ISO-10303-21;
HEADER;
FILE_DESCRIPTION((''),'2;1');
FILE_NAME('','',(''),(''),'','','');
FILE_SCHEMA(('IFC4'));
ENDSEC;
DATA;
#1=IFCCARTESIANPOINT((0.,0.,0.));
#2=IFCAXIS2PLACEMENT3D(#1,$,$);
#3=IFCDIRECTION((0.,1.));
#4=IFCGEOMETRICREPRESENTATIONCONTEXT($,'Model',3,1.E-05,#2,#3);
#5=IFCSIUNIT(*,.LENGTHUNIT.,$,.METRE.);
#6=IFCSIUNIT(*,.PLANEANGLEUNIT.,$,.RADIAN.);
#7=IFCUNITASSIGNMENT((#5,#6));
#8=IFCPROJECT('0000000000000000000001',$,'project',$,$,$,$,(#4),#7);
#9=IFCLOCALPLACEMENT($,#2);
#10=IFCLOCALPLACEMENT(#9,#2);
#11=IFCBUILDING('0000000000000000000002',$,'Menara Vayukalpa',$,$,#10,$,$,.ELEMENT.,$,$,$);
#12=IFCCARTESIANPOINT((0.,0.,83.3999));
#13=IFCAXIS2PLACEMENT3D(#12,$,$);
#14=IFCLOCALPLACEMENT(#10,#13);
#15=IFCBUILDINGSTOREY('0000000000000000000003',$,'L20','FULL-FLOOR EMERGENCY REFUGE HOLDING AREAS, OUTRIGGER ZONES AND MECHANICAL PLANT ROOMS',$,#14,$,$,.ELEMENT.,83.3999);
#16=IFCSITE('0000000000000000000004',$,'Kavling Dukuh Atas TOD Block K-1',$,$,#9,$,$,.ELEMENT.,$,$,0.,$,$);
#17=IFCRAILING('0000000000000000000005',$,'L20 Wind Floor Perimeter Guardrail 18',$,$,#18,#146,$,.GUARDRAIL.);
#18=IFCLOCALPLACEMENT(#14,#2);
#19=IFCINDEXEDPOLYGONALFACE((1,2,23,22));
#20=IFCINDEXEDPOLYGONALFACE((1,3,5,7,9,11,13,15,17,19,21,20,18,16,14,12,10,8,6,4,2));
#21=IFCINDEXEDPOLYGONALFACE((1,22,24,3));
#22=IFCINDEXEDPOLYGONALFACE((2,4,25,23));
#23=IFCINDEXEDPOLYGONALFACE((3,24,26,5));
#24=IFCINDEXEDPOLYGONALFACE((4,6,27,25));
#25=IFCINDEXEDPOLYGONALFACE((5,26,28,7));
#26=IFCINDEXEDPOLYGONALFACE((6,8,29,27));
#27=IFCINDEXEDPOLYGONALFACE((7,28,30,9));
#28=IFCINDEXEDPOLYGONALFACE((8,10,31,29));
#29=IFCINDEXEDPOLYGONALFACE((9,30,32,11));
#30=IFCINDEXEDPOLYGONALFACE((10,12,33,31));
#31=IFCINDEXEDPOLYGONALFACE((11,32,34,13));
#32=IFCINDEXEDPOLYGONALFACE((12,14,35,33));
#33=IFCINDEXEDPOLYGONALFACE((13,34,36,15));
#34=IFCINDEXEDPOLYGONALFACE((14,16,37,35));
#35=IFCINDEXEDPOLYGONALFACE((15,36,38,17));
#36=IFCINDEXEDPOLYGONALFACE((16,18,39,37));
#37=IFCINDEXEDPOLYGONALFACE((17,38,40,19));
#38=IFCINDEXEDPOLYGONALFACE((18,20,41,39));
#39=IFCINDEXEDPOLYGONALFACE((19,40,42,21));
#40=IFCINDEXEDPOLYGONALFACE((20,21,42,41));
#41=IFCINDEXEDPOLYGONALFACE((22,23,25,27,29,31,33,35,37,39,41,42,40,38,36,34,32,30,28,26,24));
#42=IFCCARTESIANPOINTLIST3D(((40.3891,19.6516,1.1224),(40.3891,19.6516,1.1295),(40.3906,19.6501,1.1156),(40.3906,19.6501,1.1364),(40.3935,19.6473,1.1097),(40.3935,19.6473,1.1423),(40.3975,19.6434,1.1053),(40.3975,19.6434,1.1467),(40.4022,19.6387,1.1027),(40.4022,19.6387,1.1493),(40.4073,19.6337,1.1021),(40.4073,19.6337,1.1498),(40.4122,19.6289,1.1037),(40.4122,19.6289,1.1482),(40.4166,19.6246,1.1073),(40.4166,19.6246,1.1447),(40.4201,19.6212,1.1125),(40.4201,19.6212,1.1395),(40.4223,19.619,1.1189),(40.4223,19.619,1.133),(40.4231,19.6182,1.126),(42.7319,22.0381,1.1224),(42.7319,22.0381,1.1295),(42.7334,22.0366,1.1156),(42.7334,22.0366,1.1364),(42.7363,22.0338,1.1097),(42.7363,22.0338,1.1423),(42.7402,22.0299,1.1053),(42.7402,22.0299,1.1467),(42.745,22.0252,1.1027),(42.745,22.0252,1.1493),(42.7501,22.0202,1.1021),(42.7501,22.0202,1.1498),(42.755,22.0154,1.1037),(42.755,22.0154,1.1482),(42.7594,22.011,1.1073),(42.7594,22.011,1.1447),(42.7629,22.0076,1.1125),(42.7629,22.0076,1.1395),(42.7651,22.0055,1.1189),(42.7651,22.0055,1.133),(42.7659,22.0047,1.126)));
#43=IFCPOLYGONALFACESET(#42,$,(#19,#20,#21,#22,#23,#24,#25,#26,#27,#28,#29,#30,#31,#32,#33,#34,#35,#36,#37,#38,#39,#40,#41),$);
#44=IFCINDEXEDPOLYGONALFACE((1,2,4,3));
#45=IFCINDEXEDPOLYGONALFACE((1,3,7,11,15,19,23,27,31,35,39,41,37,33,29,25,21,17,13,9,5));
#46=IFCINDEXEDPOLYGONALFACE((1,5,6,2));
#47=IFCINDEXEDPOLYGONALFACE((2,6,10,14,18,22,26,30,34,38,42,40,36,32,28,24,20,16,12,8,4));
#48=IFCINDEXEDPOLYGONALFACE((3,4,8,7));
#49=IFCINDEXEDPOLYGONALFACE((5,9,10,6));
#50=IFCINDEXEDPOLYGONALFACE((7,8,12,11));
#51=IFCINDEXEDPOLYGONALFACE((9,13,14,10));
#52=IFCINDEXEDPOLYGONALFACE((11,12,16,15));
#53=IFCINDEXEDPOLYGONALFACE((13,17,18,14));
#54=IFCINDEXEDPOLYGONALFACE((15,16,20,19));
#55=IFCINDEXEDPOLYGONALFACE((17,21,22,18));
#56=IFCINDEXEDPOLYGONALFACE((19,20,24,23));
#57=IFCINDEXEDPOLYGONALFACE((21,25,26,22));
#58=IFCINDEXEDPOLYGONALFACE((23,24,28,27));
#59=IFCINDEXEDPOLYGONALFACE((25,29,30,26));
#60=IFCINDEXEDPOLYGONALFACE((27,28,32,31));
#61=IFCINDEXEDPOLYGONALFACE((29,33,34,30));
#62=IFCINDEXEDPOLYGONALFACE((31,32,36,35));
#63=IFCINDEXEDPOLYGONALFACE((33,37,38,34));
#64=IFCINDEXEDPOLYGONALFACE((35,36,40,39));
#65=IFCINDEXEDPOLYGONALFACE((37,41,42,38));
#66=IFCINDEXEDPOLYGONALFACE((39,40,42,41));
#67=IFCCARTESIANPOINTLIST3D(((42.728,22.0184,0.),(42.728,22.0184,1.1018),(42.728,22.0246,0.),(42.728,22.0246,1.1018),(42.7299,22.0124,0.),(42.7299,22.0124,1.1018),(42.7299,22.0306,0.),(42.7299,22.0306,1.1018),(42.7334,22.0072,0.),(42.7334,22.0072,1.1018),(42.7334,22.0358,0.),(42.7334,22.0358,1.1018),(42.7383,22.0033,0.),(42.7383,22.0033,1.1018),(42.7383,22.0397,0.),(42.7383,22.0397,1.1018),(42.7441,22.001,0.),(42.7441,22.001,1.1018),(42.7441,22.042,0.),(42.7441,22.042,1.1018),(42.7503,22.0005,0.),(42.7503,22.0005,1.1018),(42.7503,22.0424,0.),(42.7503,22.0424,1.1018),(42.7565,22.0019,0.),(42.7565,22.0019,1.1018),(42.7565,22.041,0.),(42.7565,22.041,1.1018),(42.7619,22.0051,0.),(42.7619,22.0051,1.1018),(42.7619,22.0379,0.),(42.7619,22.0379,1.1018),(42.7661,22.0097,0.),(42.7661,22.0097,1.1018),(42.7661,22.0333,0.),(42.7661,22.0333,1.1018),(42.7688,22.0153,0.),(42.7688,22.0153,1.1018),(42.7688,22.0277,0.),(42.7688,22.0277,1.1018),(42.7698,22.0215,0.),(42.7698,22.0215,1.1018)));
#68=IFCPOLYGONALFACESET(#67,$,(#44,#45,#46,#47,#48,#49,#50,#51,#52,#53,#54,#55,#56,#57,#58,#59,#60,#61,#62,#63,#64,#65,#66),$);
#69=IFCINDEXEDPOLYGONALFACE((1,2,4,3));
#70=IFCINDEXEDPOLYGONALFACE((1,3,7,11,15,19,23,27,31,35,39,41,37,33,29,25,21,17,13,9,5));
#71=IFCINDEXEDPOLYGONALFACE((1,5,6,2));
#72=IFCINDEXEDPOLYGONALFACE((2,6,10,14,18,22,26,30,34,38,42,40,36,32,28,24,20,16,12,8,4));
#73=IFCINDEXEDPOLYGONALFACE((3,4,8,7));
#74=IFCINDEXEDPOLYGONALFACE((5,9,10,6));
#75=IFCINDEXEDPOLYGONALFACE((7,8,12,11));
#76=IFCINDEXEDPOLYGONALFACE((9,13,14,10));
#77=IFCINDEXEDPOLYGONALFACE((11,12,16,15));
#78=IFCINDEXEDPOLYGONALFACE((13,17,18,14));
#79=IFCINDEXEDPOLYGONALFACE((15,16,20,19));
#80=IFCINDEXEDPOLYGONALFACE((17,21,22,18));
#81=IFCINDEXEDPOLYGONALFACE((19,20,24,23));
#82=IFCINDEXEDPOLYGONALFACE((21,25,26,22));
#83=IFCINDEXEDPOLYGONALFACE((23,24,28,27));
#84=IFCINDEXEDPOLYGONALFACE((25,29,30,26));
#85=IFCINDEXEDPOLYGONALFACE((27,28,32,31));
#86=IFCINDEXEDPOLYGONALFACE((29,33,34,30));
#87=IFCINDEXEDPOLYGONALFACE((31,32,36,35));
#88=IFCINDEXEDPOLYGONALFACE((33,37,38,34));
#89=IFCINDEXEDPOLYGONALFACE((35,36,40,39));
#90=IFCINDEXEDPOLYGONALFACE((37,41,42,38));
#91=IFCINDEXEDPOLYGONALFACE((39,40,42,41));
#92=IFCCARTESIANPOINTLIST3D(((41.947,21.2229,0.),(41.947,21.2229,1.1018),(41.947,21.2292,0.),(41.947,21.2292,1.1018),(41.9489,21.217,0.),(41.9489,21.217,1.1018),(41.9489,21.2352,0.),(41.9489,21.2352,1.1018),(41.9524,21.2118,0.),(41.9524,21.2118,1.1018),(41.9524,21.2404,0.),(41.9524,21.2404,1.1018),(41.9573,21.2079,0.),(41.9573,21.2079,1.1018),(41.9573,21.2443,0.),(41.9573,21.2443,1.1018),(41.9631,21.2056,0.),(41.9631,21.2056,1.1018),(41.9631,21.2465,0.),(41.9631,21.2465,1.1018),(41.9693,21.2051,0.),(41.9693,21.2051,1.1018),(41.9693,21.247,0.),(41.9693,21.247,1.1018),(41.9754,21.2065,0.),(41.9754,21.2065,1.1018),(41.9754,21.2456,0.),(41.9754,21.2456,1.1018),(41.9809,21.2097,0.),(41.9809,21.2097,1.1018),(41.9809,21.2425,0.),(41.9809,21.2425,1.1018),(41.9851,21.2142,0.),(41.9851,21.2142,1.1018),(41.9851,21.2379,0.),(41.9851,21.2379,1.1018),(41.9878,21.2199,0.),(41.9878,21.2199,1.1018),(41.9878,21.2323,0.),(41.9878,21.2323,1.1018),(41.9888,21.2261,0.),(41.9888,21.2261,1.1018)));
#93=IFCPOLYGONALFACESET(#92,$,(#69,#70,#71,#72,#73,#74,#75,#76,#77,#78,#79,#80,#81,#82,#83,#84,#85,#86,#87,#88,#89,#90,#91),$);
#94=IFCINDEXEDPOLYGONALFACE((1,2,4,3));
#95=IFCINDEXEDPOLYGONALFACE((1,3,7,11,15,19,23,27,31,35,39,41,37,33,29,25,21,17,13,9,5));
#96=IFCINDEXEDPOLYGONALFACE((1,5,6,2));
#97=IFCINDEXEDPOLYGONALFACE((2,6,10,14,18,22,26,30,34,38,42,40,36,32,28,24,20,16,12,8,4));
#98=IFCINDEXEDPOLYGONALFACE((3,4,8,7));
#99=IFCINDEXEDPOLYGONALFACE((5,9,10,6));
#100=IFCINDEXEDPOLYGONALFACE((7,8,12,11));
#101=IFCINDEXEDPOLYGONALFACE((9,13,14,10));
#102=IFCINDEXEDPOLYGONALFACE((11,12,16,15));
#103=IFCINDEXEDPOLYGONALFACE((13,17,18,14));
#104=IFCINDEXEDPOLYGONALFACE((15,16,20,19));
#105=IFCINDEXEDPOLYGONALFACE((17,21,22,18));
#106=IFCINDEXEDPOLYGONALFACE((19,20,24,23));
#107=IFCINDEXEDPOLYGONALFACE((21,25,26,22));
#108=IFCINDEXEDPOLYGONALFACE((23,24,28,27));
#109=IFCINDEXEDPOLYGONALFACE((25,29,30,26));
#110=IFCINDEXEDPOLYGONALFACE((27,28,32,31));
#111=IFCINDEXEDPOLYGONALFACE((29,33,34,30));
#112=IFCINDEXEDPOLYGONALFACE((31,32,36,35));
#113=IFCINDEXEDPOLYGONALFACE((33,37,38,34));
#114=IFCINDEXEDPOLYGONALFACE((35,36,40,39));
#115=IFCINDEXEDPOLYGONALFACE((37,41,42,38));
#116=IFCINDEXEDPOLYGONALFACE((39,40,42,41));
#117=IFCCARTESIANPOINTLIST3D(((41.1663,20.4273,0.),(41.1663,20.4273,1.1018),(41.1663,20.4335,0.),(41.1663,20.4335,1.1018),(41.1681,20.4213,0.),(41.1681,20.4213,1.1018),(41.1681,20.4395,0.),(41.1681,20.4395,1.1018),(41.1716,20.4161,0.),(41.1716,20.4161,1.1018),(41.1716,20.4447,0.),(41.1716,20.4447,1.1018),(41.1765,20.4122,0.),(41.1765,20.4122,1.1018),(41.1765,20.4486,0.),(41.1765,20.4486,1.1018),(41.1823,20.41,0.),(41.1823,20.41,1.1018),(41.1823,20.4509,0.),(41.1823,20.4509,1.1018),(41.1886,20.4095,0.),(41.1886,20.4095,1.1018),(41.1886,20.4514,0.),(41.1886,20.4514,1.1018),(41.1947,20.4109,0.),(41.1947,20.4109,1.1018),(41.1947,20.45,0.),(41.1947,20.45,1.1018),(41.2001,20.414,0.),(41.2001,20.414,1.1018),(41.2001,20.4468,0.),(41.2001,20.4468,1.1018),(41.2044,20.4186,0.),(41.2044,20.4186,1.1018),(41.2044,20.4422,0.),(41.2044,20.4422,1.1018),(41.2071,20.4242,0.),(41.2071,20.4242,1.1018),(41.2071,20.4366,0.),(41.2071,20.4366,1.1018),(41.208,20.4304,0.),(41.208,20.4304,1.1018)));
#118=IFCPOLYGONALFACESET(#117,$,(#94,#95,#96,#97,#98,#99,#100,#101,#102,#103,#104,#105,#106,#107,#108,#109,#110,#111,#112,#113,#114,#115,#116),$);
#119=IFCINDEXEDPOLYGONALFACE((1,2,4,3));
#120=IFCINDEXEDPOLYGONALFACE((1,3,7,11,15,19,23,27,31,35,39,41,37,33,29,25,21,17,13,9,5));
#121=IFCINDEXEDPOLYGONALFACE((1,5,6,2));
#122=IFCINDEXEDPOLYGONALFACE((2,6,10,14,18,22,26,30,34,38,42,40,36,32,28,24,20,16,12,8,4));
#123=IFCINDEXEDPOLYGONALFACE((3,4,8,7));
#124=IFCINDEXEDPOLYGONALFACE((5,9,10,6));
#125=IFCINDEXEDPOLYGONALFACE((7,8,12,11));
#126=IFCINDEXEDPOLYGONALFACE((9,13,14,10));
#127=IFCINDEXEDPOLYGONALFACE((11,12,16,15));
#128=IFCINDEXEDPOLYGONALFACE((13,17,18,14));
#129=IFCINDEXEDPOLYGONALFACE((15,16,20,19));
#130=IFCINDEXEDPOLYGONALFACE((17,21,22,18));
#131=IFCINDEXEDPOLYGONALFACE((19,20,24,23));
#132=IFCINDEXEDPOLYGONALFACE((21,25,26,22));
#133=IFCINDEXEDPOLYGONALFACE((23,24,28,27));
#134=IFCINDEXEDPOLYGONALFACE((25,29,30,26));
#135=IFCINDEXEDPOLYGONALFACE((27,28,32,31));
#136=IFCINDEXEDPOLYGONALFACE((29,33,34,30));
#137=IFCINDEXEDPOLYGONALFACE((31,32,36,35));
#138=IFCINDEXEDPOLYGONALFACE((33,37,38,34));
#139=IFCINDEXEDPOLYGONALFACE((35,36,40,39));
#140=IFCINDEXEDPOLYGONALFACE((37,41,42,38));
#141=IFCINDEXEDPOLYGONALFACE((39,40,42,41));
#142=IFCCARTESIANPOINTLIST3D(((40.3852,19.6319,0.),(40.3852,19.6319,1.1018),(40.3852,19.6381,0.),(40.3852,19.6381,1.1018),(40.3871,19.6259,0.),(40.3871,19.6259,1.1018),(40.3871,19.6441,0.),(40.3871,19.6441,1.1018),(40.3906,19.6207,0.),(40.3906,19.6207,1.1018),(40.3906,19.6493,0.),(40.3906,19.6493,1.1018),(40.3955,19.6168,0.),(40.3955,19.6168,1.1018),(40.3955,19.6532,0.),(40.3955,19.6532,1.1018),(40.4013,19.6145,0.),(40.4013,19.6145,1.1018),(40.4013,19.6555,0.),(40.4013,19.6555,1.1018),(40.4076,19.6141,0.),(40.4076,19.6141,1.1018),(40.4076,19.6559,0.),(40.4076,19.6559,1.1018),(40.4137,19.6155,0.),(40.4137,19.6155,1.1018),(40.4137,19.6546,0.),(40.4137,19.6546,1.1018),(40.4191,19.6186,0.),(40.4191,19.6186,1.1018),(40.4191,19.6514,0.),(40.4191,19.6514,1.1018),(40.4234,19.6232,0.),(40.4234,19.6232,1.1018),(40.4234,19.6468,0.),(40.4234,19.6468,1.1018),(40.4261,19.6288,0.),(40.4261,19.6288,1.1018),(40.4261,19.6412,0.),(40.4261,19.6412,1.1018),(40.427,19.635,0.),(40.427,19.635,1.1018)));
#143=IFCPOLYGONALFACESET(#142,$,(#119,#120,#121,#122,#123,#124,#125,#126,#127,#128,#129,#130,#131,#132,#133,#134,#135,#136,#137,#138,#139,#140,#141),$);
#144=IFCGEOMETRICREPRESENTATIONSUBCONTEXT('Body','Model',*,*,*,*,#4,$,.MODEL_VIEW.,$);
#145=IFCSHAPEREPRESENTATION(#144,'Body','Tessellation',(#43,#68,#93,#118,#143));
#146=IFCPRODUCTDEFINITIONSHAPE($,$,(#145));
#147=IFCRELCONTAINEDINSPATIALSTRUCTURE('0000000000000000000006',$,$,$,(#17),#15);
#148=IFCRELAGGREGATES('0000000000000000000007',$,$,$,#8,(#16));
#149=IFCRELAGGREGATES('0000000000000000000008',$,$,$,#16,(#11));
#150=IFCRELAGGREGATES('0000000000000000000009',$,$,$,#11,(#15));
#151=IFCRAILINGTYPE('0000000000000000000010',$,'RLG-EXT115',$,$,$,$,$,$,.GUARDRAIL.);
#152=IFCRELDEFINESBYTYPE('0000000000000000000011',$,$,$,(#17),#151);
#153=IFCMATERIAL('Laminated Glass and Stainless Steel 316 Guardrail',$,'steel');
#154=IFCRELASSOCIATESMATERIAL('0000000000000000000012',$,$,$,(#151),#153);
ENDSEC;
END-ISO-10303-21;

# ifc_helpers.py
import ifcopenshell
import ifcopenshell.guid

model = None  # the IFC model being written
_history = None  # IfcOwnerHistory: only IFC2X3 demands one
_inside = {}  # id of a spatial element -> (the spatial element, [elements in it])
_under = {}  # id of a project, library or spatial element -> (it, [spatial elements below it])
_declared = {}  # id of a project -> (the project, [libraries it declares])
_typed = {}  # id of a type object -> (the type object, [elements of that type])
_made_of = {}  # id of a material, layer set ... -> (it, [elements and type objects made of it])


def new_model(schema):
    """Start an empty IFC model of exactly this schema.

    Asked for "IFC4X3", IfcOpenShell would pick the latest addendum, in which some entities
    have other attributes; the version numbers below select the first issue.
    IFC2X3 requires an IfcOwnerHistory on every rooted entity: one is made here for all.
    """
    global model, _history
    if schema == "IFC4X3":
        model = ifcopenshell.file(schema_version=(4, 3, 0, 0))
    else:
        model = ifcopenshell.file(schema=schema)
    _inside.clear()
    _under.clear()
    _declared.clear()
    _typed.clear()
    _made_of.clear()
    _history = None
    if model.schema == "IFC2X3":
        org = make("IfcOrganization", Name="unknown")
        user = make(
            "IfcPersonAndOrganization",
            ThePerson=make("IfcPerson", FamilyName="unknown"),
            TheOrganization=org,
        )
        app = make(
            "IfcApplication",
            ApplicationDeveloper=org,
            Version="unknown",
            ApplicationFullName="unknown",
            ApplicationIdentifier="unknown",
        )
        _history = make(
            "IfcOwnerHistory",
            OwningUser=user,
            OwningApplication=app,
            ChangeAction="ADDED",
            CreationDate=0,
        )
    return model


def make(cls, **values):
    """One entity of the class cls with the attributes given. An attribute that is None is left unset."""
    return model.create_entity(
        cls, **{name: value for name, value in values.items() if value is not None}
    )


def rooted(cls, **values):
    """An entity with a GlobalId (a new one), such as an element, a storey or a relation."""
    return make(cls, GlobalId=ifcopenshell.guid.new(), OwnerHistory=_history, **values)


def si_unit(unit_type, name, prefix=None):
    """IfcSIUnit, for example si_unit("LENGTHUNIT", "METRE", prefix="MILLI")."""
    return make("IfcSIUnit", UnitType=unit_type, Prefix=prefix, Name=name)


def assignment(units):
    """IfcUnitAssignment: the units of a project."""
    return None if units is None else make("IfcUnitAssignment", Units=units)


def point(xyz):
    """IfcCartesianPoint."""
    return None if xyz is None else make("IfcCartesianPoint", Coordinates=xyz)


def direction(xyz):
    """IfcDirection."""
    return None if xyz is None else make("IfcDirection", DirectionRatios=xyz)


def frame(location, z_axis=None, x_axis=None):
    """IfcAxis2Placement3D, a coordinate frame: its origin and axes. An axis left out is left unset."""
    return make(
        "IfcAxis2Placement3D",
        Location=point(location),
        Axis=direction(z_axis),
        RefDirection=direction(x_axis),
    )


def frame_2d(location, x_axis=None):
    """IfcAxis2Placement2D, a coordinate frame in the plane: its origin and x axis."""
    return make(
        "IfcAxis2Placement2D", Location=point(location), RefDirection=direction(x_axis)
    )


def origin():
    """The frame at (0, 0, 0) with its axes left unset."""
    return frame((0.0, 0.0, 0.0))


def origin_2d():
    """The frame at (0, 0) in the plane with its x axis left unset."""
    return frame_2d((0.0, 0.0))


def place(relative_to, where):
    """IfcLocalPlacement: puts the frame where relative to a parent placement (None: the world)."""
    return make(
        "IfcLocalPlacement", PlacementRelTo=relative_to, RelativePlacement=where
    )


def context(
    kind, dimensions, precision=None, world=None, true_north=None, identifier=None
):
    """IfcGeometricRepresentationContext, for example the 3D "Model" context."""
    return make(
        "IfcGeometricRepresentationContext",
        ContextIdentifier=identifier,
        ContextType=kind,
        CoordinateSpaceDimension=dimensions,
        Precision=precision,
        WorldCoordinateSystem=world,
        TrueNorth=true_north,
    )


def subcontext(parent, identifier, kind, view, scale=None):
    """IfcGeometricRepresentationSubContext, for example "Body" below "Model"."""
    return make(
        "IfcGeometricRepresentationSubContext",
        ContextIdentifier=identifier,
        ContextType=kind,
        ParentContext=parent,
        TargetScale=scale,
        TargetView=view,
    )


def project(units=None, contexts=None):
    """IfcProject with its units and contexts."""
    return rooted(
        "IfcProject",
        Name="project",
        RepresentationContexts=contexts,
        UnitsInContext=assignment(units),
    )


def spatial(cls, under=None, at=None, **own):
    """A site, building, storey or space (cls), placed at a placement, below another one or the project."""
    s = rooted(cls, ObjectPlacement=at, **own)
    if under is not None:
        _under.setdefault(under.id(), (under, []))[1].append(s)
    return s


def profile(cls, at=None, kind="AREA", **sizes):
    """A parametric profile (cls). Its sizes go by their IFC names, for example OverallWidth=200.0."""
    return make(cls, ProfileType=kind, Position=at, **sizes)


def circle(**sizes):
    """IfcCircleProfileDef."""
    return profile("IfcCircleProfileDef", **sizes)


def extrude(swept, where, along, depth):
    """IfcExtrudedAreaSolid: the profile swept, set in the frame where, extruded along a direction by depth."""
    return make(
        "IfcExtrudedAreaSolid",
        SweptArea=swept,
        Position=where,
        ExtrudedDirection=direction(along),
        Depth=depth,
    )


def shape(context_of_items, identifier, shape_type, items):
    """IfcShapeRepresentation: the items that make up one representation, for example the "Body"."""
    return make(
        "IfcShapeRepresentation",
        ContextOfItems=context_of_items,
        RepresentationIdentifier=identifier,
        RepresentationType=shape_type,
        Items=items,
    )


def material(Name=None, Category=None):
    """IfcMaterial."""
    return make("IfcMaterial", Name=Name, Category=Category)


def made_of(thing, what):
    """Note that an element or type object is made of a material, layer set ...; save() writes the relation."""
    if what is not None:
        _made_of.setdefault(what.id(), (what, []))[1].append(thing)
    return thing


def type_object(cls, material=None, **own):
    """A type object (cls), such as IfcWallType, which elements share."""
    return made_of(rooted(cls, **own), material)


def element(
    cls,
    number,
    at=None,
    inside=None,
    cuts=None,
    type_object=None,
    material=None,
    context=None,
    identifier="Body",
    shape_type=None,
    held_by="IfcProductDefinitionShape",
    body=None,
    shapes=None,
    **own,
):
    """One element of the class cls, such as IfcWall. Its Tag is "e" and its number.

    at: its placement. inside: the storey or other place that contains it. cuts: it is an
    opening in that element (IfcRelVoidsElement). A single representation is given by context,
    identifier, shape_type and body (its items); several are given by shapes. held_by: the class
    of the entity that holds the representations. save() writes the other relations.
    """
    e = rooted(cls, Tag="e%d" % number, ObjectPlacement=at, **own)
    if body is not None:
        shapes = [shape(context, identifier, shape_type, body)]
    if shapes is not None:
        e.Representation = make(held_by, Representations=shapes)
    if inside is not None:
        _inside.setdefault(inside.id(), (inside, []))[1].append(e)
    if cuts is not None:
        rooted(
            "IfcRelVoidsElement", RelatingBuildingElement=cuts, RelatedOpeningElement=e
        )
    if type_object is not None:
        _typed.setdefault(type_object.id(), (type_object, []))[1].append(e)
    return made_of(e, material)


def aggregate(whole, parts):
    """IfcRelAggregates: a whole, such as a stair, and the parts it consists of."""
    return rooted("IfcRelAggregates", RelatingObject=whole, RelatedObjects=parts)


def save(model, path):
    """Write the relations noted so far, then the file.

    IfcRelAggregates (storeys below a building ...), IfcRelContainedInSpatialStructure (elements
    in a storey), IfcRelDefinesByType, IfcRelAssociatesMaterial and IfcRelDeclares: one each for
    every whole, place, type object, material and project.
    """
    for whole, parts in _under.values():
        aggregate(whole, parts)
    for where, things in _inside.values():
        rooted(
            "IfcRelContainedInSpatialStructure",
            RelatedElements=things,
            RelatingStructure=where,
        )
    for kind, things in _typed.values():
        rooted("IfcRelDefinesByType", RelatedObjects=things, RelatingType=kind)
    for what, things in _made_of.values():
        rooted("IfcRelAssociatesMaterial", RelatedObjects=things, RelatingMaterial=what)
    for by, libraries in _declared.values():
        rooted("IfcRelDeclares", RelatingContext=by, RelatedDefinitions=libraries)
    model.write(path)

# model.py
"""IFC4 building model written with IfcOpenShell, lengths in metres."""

from ifc_helpers import new_model, si_unit, direction, frame, origin, origin_2d, place, context, subcontext, project, spatial, circle, extrude, material, type_object, element, save


model = new_model("IFC4")

# Units and contexts
model_context = context("Model", 3, precision=1e-05, world=origin(), true_north=direction((0.0, 1.0)))
body_context = subcontext(model_context, "Body", "Model", "MODEL_VIEW")
ifc_project = project(units=[si_unit("LENGTHUNIT", "METRE"), si_unit("PLANEANGLEUNIT", "RADIAN")], contexts=[model_context])

# Site, building, storey
site_placement = place(None, origin())
site = spatial("IfcSite", under=ifc_project, at=site_placement, Name="Kavling Dukuh Atas TOD Block K-1", CompositionType="ELEMENT", RefElevation=0.0)
building_placement = place(site_placement, origin())
building = spatial("IfcBuilding", under=site, at=building_placement, Name="Menara Vayukalpa", CompositionType="ELEMENT")
storey_placement = place(building_placement, frame((0.0, 0.0, 83.3999)))
storey = spatial("IfcBuildingStorey", under=building, at=storey_placement, Name="L20", Description="FULL-FLOOR EMERGENCY REFUGE HOLDING AREAS, OUTRIGGER ZONES AND MECHANICAL PLANT ROOMS", CompositionType="ELEMENT", Elevation=83.3999)

# Railing
ifc_material_1 = material(Name="Laminated Glass and Stainless Steel 316 Guardrail", Category="steel")
railing_type_1 = type_object("IfcRailingType", Name="RLG-EXT115", PredefinedType="GUARDRAIL", material=ifc_material_1)
railing_1_placement = place(storey_placement, frame((42.7488, 22.0215, 0.0)))
element("IfcRailing", 1, at=railing_1_placement, inside=storey, type_object=railing_type_1, Name="L20 Wind Floor Perimeter Guardrail 18", PredefinedType="GUARDRAIL", context=body_context, shape_type="SweptSolid", body=[
    extrude(circle(Radius=0.0239, at=origin_2d()), frame((0.0, 0.0, 1.126), z_axis=(-0.700543, -0.71361, 0.0), x_axis=(0.71361, -0.700543, 0.0)), (0.0, 0.0, 1.0), 3.3442),
    extrude(circle(Radius=0.021, at=origin_2d()), origin(), (0.0, 0.0, 1.0), 1.1018),
    extrude(circle(Radius=0.021, at=origin_2d()), frame((-0.781, -0.7954, 0.0)), (0.0, 0.0, 1.0), 1.1018),
    extrude(circle(Radius=0.021, at=origin_2d()), frame((-1.5618, -1.5911, 0.0)), (0.0, 0.0, 1.0), 1.1018),
    extrude(circle(Radius=0.021, at=origin_2d()), frame((-2.3428, -2.3865, 0.0)), (0.0, 0.0, 1.0), 1.1018),
])

save(model, "model.ifc")
